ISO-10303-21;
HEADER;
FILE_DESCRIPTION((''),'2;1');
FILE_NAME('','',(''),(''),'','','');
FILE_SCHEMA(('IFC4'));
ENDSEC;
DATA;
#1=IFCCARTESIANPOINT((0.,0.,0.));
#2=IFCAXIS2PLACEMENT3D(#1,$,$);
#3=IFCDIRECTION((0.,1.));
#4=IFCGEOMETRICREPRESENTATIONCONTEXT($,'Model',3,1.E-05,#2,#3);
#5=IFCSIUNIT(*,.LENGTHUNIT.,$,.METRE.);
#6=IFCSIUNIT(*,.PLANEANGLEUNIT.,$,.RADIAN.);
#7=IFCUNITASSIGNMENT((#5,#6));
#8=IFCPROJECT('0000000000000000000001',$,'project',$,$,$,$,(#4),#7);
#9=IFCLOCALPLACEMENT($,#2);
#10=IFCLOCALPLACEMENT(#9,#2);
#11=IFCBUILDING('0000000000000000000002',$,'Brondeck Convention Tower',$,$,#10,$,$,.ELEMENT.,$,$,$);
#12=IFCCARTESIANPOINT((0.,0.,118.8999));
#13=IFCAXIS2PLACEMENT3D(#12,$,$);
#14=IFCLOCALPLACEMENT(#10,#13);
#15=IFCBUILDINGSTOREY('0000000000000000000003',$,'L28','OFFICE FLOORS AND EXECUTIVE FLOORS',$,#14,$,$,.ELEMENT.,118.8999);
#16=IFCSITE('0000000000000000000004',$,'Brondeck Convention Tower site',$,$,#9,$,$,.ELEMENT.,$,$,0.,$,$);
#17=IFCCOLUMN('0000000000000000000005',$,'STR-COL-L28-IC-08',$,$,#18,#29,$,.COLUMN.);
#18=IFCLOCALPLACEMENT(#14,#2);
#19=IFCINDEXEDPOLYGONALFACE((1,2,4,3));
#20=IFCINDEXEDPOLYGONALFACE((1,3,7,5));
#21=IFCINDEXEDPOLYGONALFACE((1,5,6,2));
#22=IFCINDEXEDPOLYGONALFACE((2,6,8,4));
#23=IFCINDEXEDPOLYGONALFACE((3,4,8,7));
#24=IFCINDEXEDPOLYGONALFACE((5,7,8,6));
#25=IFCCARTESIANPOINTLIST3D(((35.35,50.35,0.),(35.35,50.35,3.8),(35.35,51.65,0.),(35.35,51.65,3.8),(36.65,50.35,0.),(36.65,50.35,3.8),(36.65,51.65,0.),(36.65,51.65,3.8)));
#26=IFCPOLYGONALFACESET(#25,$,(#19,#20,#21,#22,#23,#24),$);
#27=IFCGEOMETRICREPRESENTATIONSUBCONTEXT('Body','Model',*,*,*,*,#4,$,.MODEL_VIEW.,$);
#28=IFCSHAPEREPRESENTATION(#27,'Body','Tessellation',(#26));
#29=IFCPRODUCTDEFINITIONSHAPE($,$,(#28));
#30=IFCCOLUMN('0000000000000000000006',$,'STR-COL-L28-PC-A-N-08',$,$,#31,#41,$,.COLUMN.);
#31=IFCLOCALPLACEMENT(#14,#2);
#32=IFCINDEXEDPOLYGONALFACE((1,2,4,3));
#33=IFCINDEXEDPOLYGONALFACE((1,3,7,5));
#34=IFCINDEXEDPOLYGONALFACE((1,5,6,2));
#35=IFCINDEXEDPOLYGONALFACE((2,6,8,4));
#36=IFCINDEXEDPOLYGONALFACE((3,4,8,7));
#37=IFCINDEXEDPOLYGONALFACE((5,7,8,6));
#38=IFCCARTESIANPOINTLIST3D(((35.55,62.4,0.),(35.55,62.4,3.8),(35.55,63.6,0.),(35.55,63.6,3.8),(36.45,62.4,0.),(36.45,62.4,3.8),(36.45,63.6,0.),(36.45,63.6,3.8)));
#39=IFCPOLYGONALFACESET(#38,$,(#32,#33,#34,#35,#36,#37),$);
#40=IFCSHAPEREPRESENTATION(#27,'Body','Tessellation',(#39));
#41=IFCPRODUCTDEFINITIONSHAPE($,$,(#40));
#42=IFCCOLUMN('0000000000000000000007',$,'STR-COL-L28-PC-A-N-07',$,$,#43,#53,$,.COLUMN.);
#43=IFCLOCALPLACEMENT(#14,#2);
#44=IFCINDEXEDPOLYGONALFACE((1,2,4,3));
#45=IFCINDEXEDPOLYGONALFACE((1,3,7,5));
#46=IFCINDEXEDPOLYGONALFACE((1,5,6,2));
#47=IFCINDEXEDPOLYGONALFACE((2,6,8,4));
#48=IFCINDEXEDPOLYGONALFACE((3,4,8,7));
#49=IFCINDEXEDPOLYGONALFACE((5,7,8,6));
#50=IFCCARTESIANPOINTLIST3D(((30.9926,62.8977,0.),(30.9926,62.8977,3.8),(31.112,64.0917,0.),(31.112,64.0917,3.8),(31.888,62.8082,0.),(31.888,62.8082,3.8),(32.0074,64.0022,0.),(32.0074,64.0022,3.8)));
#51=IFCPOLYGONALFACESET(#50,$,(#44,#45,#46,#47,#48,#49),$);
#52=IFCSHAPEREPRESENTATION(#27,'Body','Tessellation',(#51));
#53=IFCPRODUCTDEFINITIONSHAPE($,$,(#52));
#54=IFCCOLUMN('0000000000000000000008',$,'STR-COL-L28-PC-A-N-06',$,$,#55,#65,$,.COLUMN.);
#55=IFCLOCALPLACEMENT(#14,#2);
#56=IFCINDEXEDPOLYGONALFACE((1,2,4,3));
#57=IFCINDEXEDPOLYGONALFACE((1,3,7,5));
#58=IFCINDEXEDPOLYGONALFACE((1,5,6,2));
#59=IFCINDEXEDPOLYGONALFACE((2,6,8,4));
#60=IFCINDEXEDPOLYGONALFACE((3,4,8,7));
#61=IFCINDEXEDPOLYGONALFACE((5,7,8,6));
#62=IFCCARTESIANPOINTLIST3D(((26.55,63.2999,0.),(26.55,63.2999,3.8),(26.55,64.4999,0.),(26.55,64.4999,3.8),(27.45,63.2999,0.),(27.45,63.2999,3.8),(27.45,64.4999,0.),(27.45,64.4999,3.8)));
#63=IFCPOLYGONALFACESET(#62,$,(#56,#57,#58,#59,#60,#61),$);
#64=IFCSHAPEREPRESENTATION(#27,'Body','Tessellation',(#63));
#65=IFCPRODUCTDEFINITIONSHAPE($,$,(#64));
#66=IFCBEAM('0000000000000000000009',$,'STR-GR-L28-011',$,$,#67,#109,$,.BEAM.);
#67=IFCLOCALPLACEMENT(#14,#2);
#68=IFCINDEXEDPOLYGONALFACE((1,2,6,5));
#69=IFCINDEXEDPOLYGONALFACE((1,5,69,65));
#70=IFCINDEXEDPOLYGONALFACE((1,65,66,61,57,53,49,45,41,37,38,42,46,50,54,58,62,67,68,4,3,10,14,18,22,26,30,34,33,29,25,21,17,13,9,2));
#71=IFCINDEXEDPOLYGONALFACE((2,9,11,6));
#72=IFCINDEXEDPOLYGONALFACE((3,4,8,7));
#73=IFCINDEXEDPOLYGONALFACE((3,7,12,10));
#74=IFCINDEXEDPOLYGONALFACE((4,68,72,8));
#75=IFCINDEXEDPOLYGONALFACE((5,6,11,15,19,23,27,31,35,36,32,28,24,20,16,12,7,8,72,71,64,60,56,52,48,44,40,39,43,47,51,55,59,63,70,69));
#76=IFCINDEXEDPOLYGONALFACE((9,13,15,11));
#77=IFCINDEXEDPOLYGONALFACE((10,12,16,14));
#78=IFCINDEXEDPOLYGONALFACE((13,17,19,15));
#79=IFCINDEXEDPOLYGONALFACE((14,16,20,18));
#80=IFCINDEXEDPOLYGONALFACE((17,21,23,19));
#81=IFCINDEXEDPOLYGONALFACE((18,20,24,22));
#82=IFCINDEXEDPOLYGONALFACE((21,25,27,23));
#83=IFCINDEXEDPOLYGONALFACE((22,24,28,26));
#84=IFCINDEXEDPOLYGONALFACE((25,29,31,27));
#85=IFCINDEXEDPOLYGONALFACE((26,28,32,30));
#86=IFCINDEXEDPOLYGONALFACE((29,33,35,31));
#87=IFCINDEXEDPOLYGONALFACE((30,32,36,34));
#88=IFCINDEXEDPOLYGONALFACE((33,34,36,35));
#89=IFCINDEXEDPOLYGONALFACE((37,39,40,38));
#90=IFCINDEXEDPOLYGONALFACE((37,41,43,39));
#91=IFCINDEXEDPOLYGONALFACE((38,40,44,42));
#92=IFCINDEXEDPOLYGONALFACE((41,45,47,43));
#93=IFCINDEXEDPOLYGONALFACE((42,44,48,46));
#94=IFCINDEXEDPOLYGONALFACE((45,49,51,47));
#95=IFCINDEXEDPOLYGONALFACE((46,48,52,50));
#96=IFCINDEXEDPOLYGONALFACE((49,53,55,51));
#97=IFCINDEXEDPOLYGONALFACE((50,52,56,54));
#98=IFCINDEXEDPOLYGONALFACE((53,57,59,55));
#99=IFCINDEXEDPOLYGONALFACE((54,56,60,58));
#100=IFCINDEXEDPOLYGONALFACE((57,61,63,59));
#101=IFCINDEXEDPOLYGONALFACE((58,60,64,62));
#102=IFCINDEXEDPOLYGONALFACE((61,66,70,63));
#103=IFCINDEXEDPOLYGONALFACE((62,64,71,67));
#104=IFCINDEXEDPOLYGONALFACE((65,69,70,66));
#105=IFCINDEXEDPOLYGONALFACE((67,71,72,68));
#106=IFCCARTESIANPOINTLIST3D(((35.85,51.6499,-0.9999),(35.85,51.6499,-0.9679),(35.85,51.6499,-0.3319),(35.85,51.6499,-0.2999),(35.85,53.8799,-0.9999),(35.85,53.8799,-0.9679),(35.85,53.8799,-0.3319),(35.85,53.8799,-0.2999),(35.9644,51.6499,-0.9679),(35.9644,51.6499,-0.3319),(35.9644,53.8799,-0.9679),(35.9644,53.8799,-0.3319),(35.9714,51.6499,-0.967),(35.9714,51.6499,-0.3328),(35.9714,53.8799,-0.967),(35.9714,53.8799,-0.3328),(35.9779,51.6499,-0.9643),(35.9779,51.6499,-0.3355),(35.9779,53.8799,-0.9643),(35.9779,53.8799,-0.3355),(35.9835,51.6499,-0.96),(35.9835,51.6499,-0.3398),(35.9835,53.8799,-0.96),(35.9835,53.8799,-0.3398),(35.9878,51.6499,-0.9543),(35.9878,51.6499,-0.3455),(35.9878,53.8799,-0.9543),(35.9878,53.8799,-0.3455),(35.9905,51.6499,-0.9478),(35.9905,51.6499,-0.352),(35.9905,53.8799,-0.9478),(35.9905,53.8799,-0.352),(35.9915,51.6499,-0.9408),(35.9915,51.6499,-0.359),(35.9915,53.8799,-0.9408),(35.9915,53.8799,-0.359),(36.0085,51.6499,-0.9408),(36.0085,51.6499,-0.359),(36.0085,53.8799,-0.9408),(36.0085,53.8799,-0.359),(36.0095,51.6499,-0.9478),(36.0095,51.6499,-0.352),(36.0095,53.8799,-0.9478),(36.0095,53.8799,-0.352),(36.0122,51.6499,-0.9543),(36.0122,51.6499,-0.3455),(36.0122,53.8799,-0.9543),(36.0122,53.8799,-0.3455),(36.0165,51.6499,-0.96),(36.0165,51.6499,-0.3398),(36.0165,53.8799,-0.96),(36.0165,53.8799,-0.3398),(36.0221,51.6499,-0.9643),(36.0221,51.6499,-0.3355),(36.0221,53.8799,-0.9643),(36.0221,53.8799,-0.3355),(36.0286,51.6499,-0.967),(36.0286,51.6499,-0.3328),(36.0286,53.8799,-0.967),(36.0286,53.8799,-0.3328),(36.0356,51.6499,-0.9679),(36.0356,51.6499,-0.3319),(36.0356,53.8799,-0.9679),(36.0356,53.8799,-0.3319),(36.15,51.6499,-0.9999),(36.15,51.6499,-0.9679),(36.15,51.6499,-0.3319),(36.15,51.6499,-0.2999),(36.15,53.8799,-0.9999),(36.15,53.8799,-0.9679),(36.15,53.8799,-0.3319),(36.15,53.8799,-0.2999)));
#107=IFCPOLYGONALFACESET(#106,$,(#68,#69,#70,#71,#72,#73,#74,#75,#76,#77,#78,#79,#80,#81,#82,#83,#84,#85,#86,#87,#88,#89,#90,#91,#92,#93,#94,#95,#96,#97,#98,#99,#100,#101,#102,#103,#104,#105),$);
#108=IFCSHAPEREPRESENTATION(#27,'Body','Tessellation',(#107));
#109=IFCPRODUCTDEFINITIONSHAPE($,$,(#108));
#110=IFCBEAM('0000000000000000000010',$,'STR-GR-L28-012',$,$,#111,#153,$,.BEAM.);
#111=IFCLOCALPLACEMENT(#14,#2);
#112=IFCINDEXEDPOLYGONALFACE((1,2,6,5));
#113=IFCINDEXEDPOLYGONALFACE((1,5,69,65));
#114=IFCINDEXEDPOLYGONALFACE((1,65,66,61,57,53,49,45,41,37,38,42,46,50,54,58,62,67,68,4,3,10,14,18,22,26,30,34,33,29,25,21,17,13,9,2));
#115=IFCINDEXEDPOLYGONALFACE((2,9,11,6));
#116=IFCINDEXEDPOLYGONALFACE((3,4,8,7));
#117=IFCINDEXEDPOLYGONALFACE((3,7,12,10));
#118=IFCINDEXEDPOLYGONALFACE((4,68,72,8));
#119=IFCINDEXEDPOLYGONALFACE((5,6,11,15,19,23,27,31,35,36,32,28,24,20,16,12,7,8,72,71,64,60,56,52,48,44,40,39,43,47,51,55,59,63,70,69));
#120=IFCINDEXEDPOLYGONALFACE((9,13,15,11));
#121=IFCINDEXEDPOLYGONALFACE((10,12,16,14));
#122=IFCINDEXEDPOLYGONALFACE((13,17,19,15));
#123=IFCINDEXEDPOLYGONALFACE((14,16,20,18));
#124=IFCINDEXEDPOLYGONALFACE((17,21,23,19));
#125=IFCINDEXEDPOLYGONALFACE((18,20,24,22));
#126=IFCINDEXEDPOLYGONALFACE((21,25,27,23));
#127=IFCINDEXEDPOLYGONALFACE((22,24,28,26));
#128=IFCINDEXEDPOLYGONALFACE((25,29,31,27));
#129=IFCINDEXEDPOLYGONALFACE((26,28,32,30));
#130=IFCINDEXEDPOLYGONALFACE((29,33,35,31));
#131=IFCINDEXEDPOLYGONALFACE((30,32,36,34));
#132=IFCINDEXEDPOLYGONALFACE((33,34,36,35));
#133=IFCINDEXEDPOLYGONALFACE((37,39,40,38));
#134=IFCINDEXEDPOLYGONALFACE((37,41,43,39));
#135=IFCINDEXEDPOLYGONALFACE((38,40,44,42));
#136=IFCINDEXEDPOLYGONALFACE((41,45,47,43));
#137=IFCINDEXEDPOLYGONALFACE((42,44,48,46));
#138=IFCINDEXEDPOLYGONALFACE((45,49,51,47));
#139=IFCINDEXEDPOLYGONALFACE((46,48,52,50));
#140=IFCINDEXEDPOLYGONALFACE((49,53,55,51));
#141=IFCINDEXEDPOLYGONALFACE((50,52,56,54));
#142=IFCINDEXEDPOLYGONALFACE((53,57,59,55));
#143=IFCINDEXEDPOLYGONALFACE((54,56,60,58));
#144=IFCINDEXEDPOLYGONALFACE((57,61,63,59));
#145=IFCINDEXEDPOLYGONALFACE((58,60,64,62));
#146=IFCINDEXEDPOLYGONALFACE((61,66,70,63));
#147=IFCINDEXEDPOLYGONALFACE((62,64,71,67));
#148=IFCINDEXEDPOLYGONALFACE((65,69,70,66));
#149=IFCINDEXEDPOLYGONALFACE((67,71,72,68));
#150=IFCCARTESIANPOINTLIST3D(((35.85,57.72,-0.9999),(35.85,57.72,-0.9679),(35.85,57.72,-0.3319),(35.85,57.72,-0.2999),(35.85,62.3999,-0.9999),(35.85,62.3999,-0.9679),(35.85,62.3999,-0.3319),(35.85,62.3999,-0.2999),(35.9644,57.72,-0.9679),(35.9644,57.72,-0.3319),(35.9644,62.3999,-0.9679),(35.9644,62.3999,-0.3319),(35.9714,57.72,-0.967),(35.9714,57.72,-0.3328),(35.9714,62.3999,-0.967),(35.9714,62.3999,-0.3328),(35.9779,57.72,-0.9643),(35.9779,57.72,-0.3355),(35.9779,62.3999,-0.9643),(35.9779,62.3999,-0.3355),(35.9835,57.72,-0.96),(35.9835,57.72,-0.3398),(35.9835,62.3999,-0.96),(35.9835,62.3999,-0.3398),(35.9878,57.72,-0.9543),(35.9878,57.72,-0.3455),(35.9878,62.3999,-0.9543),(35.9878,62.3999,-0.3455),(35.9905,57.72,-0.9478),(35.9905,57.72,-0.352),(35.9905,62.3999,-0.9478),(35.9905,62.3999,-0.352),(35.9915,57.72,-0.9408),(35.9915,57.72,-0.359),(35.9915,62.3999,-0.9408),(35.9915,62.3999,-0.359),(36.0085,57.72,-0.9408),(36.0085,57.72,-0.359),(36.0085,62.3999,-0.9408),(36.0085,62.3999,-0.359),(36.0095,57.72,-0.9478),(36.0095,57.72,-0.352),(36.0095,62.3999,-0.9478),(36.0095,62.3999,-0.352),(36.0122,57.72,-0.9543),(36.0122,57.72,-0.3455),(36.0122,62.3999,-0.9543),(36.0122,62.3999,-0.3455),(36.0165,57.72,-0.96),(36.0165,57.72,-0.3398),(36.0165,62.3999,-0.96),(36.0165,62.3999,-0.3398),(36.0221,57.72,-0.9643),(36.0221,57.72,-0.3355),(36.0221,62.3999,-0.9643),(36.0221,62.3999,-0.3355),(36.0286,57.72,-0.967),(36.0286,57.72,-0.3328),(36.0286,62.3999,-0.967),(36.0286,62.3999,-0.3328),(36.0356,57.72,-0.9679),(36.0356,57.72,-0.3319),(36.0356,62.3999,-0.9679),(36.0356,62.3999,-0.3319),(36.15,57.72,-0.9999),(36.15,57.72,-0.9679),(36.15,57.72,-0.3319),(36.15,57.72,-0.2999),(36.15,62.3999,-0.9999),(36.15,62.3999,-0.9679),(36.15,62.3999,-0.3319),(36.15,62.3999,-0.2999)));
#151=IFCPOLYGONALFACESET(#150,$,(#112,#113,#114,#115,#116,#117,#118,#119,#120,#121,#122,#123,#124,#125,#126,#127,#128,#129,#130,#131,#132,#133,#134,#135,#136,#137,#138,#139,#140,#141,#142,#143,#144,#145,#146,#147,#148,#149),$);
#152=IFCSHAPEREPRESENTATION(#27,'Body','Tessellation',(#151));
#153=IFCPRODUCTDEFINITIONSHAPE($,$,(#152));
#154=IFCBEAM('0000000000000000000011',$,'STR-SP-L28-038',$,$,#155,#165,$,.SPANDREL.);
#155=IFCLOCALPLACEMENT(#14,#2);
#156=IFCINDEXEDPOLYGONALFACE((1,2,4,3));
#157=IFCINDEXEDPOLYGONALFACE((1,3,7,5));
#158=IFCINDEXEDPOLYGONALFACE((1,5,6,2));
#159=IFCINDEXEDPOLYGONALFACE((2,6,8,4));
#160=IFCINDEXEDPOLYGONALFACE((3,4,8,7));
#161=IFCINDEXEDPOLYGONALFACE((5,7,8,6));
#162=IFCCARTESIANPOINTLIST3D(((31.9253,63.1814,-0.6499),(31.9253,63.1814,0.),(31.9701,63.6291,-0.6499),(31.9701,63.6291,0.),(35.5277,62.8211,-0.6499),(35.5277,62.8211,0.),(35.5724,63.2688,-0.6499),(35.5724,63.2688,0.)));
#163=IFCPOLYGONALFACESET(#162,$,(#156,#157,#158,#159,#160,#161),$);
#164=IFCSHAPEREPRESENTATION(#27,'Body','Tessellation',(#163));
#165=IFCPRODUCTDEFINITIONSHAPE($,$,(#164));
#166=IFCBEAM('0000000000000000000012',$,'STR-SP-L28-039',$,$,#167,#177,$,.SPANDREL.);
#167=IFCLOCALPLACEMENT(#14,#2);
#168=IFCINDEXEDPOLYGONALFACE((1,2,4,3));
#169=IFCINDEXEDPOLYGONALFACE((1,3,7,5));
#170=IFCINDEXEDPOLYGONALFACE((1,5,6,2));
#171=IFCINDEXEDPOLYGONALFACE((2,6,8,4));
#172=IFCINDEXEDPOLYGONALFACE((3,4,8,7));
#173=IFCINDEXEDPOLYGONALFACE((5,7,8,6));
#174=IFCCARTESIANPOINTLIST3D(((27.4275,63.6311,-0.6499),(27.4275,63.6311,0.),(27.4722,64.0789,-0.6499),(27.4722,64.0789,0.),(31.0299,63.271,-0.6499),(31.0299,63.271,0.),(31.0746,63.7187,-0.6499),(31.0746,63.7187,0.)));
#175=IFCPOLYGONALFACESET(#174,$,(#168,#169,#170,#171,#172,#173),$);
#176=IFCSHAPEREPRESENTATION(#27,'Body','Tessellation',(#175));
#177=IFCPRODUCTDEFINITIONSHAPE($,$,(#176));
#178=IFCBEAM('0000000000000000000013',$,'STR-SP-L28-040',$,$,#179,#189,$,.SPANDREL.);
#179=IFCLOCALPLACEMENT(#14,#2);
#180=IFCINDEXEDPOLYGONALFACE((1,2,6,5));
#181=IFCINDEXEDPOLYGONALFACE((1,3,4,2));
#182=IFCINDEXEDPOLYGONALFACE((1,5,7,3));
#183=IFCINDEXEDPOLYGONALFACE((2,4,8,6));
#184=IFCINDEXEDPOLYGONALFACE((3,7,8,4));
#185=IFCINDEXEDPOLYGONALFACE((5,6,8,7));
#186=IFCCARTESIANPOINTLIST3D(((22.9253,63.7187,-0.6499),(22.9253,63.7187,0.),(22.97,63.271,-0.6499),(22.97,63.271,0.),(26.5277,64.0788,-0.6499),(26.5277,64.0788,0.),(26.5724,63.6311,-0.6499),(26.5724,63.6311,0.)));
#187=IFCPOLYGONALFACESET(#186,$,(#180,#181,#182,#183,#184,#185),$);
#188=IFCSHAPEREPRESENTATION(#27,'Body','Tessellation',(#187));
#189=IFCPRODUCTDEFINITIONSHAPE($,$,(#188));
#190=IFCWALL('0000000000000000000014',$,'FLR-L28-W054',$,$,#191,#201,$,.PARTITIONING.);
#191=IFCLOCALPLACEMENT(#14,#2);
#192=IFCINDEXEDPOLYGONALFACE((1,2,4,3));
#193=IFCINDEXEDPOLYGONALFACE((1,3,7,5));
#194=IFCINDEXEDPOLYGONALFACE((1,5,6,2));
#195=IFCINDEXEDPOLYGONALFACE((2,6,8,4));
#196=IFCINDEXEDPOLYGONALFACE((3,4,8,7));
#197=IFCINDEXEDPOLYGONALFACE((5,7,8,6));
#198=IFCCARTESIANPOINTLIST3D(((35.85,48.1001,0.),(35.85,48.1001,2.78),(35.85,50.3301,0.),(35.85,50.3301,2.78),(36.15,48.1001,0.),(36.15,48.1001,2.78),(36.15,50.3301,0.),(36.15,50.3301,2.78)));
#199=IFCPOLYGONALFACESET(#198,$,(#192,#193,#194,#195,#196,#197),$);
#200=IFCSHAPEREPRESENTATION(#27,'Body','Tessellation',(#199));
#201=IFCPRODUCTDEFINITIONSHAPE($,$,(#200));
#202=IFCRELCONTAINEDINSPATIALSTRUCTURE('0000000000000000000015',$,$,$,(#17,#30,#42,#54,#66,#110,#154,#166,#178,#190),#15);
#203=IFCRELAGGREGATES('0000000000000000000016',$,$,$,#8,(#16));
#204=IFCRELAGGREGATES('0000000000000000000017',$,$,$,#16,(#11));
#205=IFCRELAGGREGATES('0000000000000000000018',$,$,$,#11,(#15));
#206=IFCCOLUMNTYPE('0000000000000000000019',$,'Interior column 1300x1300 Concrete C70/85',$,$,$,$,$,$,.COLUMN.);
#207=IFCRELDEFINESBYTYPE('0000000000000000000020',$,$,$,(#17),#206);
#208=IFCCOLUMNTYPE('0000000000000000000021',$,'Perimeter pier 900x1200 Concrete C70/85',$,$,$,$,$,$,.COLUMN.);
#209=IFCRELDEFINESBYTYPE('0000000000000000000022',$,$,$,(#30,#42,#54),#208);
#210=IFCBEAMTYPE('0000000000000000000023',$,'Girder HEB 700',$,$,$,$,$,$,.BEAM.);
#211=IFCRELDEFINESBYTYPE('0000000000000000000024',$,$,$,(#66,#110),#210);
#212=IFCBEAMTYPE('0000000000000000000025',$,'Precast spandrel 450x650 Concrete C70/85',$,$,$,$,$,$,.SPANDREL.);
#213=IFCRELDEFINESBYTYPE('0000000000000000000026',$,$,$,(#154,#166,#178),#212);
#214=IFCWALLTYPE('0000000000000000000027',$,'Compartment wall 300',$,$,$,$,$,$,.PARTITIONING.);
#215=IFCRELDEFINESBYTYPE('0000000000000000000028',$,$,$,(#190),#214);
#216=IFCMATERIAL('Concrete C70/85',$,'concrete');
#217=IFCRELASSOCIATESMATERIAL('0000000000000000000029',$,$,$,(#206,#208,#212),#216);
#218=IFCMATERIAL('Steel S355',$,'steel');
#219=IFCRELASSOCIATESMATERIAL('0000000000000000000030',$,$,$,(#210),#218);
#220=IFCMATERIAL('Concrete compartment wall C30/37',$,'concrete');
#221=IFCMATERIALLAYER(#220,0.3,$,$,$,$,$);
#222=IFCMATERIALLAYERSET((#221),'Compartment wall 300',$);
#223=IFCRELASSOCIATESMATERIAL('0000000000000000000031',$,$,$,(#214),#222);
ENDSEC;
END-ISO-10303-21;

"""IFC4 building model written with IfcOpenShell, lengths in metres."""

from ifc_helpers import new_model, si_unit, direction, frame, frame_2d, origin, origin_2d, place, context, subcontext, project, spatial, rectangle, i_section, extrude, material, layer, layer_set, material_profile, profile_set, type_object, element, save


model = new_model("IFC4")

# Units and contexts
model_context = context("Model", 3, precision=1e-05, world=origin(), true_north=direction((0.0, 1.0)))
body_context = subcontext(model_context, "Body", "Model", "MODEL_VIEW")
ifc_project = project(units=[si_unit("LENGTHUNIT", "METRE"), si_unit("PLANEANGLEUNIT", "RADIAN")], contexts=[model_context])

# Site, building, storey
site_placement = place(None, origin())
site = spatial("IfcSite", under=ifc_project, at=site_placement, Name="Brondeck Convention Tower site", CompositionType="ELEMENT", RefElevation=0.0)
building_placement = place(site_placement, origin())
building = spatial("IfcBuilding", under=site, at=building_placement, Name="Brondeck Convention Tower", CompositionType="ELEMENT")
storey_placement = place(building_placement, frame((0.0, 0.0, 118.8999)))
storey = spatial("IfcBuildingStorey", under=building, at=storey_placement, Name="L28", Description="OFFICE FLOORS AND EXECUTIVE FLOORS", CompositionType="ELEMENT", Elevation=118.8999)

# Columns
ifc_material_1 = material(Name="Concrete C70/85", Category="concrete")
ifc_material_profile_1 = material_profile(ifc_material_1, rectangle(XDim=1.3, YDim=1.3, at=origin_2d()), Name="Interior column 1300x1300 Concrete C70/85")
ifc_profile_set_1 = profile_set([ifc_material_profile_1], Name="Concrete C70/85")
column_type_1 = type_object("IfcColumnType", Name="Interior column 1300x1300 Concrete C70/85", PredefinedType="COLUMN", material=ifc_profile_set_1)
column_placement = place(storey_placement, frame((36.0, 51.0, 0.0), z_axis=(0.0, 0.0, 1.0), x_axis=(1.0, 0.0, 0.0)))
element("IfcColumn", 1, at=column_placement, inside=storey, type_object=column_type_1, Name="STR-COL-L28-IC-08", PredefinedType="COLUMN", context=body_context, shape_type="SweptSolid", body=[
    extrude(rectangle(XDim=1.3, YDim=1.3, at=origin_2d()), origin(), (0.0, 0.0, 1.0), 3.8),
])
ifc_material_profile_2 = material_profile(ifc_material_1, rectangle(XDim=0.8999, YDim=1.2, at=origin_2d()), Name="Perimeter pier 900x1200 Concrete C70/85")
ifc_profile_set_2 = profile_set([ifc_material_profile_2], Name="Concrete C70/85")
column_type_2 = type_object("IfcColumnType", Name="Perimeter pier 900x1200 Concrete C70/85", PredefinedType="COLUMN", material=ifc_profile_set_2)
for number, where, z_axis, x_axis, name in (
    (2, (36.0, 63.0, 0.0), (0.0, 0.0, 1.0), (-1.0, 0.0, 0.0), "STR-COL-L28-PC-A-N-08"),
    (3, (31.5, 63.45, 0.0), (0.0, 0.0, 1.0), (-0.995037, 0.099504, 0.0), "STR-COL-L28-PC-A-N-07"),
    (4, (27.0, 63.8999, 0.0), (0.0, 0.0, 1.0), (-1.0, 0.0, 0.0), "STR-COL-L28-PC-A-N-06"),
):
    element("IfcColumn", number, at=place(storey_placement, frame(where, z_axis=z_axis, x_axis=x_axis)), inside=storey, type_object=column_type_2, Name=name, PredefinedType="COLUMN", context=body_context, shape_type="SweptSolid", body=[
        extrude(rectangle(XDim=0.8999, YDim=1.2, at=origin_2d()), origin(), (0.0, 0.0, 1.0), 3.8),
    ])

# Beams
ifc_material_2 = material(Name="Steel S355", Category="steel")
ifc_material_profile_3 = material_profile(ifc_material_2, i_section(OverallWidth=0.3, OverallDepth=0.7, WebThickness=0.0171, FlangeThickness=0.032, FilletRadius=0.0271, at=origin_2d()), Name="HEB 700")
ifc_profile_set_3 = profile_set([ifc_material_profile_3], Name="Steel S355")
beam_type_1 = type_object("IfcBeamType", Name="Girder HEB 700", PredefinedType="BEAM", material=ifc_profile_set_3)
beam_1_placement = place(storey_placement, frame((36.0, 51.6499, -0.6499), z_axis=(0.0, 1.0, 0.0), x_axis=(-1.0, 0.0, 0.0)))
element("IfcBeam", 5, at=beam_1_placement, inside=storey, type_object=beam_type_1, Name="STR-GR-L28-011", PredefinedType="BEAM", context=body_context, shape_type="SweptSolid", body=[
    extrude(i_section(OverallWidth=0.3, OverallDepth=0.7, WebThickness=0.0171, FlangeThickness=0.032, FilletRadius=0.0271, at=origin_2d()), origin(), (0.0, 0.0, 1.0), 2.23),
])
beam_2_placement = place(storey_placement, frame((36.0, 57.72, -0.6499), z_axis=(0.0, 1.0, 0.0), x_axis=(-1.0, 0.0, 0.0)))
element("IfcBeam", 6, at=beam_2_placement, inside=storey, type_object=beam_type_1, Name="STR-GR-L28-012", PredefinedType="BEAM", context=body_context, shape_type="SweptSolid", body=[
    extrude(i_section(OverallWidth=0.3, OverallDepth=0.7, WebThickness=0.0171, FlangeThickness=0.032, FilletRadius=0.0271, at=origin_2d()), origin(), (0.0, 0.0, 1.0), 4.6799),
])
ifc_material_profile_4 = material_profile(ifc_material_1, rectangle(XDim=0.45, YDim=0.6499, at=origin_2d()), Name="Precast spandrel 450x650 Concrete C70/85")
ifc_profile_set_4 = profile_set([ifc_material_profile_4], Name="Concrete C70/85")
beam_type_2 = type_object("IfcBeamType", Name="Precast spandrel 450x650 Concrete C70/85", PredefinedType="SPANDREL", material=ifc_profile_set_4)
for number, where, z_axis, x_axis, name in (
    (7, (35.55, 63.0449, -0.325), (-0.995034, 0.099537, 0.0), (-0.099537, -0.995034, 0.0), "STR-SP-L28-038"),
    (8, (31.0522, 63.4949, -0.325), (-0.995041, 0.09947, 0.0), (-0.09947, -0.995041, 0.0), "STR-SP-L28-039"),
    (9, (26.55, 63.855, -0.325), (-0.995041, -0.09947, 0.0), (0.09947, -0.995041, 0.0), "STR-SP-L28-040"),
):
    element("IfcBeam", number, at=place(storey_placement, frame(where, z_axis=z_axis, x_axis=x_axis)), inside=storey, type_object=beam_type_2, Name=name, PredefinedType="SPANDREL", context=body_context, shape_type="SweptSolid", body=[
        extrude(rectangle(XDim=0.45, YDim=0.6499, at=origin_2d()), origin(), (0.0, 0.0, 1.0), 3.6204),
    ])

# Wall
ifc_material_3 = material(Name="Concrete compartment wall C30/37", Category="concrete")
ifc_layer_1 = layer(ifc_material_3, 0.3)
ifc_layer_set_1 = layer_set([ifc_layer_1], Name="Compartment wall 300")
wall_type_1 = type_object("IfcWallType", Name="Compartment wall 300", PredefinedType="PARTITIONING", material=ifc_layer_set_1)
wall_1_placement = place(storey_placement, frame((36.0, 48.1001, 0.0), z_axis=(0.0, 0.0, 1.0), x_axis=(0.0, 1.0, 0.0)))
element("IfcWall", 10, at=wall_1_placement, inside=storey, type_object=wall_type_1, Name="FLR-L28-W054", PredefinedType="PARTITIONING", context=body_context, shape_type="SweptSolid", body=[
    extrude(rectangle(XDim=2.23, YDim=0.3, at=frame_2d((1.115, 0.0))), origin(), (0.0, 0.0, 1.0), 2.78),
])

save(model, "model.ifc")
